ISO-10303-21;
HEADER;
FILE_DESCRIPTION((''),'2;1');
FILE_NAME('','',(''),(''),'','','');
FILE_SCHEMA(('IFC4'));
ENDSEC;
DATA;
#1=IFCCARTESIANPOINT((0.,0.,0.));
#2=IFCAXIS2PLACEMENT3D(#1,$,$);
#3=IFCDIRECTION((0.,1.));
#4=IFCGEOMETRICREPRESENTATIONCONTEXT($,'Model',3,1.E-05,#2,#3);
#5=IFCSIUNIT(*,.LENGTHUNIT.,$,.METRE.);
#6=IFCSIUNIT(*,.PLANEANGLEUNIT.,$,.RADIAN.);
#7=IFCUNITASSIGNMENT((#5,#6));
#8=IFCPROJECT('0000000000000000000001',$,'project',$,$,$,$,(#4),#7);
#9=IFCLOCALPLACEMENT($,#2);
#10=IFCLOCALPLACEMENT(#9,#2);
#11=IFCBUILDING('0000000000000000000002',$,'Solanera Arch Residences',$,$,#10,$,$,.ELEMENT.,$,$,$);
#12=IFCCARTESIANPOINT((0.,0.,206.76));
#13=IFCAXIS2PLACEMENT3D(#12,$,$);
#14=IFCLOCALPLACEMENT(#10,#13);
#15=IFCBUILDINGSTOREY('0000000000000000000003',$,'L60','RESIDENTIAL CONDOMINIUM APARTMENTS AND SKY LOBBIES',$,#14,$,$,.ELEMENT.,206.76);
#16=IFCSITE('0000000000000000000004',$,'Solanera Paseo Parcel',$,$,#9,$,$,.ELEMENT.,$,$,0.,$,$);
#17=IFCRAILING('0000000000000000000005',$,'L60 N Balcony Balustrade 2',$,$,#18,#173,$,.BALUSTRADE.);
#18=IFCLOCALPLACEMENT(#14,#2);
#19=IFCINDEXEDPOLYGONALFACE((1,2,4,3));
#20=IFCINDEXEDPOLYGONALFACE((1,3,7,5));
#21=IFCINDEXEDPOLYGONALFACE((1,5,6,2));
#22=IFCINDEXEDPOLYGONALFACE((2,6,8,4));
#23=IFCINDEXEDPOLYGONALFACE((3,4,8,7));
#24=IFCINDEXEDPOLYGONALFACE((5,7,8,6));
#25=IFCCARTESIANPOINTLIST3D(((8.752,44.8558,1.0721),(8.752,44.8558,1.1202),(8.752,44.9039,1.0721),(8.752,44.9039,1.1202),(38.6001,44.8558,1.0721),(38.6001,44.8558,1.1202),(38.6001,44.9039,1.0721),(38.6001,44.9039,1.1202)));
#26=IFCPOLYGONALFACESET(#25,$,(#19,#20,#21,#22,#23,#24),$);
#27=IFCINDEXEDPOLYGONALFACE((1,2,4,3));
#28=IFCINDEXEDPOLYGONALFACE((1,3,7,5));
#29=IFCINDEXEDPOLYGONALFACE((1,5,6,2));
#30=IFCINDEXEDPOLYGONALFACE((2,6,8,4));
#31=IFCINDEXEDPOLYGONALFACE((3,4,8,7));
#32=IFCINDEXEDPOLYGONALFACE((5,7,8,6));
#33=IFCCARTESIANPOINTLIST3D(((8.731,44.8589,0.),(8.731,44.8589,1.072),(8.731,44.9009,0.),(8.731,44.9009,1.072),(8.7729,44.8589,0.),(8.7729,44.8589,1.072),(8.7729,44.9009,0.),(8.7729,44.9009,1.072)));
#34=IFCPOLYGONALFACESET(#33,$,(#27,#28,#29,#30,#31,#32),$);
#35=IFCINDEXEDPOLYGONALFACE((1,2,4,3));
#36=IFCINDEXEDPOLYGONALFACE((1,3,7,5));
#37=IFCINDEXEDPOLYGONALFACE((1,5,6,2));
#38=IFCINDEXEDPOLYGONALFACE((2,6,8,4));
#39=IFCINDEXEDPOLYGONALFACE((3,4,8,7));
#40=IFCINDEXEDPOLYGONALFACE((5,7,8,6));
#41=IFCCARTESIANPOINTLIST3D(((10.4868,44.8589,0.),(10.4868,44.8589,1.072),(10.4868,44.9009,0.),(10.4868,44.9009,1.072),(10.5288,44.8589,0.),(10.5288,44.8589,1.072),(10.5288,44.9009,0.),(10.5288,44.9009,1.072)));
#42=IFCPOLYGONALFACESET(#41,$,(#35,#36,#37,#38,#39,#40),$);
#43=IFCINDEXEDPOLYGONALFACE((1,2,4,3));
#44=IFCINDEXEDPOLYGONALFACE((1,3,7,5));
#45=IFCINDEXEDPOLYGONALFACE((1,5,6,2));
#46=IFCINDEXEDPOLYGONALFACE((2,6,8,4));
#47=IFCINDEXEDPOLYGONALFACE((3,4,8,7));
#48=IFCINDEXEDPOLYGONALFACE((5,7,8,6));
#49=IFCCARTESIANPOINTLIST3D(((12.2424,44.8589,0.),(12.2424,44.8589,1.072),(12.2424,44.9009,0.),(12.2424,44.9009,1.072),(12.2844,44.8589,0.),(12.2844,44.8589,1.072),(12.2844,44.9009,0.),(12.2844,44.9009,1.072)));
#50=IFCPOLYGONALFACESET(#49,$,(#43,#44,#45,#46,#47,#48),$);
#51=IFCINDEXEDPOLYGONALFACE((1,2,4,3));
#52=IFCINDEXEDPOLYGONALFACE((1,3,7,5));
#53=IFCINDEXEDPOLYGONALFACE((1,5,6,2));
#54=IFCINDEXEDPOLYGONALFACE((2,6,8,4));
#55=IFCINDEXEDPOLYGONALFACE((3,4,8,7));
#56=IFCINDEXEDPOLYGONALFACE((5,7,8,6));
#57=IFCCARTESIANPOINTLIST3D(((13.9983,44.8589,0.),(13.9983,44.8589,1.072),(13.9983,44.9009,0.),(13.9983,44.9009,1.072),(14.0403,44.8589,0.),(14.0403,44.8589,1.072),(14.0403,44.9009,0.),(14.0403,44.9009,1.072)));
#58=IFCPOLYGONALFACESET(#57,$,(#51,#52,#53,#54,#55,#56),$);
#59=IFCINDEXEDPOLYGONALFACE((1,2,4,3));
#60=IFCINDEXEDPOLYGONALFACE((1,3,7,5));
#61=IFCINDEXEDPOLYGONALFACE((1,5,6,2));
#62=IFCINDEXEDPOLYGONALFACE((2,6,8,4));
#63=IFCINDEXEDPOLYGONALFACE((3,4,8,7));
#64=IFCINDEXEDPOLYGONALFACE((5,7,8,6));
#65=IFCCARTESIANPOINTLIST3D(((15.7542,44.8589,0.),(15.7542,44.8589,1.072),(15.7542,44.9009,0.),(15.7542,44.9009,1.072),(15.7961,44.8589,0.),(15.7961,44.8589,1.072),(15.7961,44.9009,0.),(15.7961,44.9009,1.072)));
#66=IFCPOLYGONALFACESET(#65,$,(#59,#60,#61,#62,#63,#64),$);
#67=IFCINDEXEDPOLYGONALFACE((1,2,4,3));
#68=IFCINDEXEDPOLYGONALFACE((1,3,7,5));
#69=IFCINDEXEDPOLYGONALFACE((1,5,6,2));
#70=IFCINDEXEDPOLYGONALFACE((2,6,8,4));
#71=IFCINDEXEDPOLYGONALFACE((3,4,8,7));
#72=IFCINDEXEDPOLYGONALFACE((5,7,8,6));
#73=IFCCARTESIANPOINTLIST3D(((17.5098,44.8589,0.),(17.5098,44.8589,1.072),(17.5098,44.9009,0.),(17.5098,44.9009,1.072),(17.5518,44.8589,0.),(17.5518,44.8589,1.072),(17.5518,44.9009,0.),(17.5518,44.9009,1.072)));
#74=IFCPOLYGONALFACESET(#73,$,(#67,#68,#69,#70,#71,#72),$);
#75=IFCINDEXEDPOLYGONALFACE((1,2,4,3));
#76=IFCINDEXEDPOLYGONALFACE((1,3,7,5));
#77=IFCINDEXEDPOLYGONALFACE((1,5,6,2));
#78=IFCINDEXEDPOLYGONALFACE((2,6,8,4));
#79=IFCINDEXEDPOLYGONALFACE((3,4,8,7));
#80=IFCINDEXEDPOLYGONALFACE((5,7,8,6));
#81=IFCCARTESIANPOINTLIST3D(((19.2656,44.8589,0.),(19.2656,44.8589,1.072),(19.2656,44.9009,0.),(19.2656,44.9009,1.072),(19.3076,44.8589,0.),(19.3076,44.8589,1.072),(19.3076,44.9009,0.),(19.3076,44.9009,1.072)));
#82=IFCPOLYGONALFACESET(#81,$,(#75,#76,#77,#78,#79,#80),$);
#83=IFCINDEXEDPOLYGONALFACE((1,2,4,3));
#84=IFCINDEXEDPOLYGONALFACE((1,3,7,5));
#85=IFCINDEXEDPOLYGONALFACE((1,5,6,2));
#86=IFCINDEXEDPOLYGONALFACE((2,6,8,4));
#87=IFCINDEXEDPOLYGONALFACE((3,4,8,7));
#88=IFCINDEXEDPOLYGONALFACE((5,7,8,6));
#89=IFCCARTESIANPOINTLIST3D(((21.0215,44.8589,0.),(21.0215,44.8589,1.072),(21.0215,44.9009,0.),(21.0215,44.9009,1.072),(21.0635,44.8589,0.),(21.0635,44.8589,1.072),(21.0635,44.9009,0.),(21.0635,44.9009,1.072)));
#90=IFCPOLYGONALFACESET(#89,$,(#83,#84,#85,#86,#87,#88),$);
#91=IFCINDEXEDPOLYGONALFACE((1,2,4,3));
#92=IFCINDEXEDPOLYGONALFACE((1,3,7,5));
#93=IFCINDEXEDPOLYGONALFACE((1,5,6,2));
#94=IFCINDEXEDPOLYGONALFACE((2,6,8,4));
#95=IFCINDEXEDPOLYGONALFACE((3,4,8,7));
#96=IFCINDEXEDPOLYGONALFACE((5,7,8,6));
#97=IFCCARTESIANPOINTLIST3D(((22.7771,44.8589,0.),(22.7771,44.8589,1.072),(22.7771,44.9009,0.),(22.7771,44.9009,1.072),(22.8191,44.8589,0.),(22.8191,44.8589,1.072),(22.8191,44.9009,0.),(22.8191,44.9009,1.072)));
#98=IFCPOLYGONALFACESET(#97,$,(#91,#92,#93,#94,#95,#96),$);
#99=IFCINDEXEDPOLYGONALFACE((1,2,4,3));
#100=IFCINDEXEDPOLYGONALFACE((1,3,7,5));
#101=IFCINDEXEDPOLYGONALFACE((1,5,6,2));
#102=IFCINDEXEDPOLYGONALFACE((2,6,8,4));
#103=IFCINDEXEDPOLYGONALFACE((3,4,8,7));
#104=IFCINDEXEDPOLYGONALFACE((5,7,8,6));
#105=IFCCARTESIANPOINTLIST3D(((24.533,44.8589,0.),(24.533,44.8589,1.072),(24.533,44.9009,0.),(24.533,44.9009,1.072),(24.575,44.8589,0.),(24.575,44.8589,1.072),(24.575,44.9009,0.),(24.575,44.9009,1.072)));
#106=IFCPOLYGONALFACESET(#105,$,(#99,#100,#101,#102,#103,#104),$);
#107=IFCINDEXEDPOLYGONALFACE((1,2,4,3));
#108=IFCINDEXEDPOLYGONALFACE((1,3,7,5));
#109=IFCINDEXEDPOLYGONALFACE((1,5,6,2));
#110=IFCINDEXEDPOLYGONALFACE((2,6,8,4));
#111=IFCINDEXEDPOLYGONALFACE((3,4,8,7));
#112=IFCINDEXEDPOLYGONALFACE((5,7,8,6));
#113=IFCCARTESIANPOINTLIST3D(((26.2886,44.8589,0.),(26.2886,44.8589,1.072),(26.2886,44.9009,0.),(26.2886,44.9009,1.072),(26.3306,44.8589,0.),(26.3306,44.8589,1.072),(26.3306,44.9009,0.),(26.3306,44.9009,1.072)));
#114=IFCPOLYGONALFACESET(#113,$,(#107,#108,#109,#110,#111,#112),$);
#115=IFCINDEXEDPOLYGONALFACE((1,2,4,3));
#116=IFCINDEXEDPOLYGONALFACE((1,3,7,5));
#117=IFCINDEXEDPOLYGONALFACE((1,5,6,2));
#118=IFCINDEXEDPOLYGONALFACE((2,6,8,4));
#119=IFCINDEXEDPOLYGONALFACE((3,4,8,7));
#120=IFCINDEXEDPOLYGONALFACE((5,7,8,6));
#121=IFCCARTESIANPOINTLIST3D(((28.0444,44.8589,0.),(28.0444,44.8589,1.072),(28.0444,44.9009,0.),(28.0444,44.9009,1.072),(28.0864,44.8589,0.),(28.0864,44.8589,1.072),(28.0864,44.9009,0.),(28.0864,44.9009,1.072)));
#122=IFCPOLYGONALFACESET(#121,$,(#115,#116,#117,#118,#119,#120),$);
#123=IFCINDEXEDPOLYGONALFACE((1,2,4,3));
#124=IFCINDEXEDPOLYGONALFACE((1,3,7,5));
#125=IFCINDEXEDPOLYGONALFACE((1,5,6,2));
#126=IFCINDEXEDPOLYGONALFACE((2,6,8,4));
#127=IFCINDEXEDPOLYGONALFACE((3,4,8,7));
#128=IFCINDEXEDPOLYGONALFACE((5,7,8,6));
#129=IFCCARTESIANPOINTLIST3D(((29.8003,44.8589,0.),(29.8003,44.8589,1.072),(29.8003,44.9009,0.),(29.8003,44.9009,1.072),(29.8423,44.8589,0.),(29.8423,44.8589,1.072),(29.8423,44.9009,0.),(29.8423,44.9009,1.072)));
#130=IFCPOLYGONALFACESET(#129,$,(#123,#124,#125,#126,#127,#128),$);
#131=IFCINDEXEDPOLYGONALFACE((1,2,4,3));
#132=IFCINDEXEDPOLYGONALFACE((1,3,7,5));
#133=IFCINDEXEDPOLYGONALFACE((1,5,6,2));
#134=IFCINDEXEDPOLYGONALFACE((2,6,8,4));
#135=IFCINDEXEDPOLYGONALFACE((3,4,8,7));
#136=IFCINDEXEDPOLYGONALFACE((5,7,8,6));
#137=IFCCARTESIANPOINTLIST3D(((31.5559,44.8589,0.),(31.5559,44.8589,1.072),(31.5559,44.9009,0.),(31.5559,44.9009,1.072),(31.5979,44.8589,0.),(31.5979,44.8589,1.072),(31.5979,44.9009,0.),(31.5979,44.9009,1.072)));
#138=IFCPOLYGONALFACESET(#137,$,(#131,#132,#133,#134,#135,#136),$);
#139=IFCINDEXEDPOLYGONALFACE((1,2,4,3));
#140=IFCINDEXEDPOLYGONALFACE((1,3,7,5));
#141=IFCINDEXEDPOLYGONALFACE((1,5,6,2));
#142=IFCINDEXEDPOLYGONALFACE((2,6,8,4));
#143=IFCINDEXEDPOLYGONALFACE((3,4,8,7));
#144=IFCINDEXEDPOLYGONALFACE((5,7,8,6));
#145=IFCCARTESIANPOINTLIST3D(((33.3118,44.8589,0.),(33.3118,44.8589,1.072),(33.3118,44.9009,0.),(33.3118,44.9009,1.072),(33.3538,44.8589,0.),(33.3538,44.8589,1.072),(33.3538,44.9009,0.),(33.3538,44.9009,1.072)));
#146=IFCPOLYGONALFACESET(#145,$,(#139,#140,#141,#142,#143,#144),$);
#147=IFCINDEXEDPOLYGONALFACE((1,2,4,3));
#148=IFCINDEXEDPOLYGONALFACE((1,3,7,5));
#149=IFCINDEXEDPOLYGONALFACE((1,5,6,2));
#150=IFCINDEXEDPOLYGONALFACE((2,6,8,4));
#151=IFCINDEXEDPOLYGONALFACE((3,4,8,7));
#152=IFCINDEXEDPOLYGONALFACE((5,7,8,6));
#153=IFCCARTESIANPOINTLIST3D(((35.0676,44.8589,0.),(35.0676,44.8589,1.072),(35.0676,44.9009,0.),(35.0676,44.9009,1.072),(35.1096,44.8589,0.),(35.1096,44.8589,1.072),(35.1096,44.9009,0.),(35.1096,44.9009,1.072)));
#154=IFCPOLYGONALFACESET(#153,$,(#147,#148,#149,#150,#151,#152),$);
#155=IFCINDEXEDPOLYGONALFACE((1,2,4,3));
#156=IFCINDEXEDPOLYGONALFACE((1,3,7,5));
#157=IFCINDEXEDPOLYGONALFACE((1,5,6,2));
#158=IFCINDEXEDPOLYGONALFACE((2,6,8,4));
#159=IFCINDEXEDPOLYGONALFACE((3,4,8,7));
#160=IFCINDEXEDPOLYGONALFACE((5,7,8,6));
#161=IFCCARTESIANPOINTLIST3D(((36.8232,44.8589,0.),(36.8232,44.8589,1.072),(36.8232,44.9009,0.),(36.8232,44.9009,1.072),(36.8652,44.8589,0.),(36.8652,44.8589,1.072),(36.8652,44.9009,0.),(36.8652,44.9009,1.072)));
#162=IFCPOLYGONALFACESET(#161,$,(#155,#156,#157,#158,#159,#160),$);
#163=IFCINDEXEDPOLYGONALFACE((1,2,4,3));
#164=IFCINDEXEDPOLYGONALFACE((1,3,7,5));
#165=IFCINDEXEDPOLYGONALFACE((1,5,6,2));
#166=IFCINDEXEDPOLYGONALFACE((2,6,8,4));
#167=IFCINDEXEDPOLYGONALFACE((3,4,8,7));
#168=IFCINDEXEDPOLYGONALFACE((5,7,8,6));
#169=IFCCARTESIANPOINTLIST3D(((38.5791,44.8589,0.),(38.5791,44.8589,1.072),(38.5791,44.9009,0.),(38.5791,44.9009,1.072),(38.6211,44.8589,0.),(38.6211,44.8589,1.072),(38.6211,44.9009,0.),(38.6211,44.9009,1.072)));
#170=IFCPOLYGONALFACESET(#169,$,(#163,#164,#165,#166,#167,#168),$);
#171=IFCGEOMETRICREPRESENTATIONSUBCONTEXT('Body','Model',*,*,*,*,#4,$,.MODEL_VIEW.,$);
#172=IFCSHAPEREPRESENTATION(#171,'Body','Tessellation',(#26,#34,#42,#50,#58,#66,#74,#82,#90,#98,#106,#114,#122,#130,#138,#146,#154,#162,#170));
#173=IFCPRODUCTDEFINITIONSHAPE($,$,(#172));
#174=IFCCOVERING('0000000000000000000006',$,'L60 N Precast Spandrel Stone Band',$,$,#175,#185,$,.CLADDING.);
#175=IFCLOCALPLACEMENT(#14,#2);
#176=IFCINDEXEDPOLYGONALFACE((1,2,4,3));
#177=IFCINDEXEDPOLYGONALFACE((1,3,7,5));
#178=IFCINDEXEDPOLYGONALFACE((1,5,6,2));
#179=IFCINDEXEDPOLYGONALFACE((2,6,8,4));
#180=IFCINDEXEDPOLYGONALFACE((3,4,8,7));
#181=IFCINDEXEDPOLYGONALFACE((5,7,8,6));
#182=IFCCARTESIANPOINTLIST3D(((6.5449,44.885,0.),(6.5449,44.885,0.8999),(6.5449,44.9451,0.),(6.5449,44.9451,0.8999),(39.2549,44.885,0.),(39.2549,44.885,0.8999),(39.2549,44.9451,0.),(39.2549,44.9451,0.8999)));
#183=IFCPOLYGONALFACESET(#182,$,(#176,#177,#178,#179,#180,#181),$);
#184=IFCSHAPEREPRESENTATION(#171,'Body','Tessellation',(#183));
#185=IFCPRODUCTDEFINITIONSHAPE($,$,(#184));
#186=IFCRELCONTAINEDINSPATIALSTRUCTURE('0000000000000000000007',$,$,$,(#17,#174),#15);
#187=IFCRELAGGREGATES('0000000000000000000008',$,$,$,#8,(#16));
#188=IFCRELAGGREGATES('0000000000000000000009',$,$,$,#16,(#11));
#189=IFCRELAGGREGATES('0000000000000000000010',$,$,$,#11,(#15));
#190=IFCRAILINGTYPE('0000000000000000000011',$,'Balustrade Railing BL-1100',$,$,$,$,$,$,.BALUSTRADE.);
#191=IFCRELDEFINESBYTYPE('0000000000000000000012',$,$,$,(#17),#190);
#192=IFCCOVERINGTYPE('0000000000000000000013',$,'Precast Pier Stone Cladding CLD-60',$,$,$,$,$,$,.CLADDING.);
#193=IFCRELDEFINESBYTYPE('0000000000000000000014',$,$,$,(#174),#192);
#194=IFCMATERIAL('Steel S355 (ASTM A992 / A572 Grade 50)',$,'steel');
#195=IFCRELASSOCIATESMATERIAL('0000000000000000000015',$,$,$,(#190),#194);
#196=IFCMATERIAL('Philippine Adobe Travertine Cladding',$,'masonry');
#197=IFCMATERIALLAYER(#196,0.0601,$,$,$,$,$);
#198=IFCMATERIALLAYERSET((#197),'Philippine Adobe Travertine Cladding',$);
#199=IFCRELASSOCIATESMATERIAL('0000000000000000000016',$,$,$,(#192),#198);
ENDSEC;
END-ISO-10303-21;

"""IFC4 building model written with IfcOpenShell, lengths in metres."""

from ifc_helpers import new_model, si_unit, direction, frame, frame_2d, origin, origin_2d, place, context, subcontext, project, spatial, rectangle, extrude, material, layer, layer_set, type_object, element, save


model = new_model("IFC4")

# Units and contexts
model_context = context("Model", 3, precision=1e-05, world=origin(), true_north=direction((0.0, 1.0)))
body_context = subcontext(model_context, "Body", "Model", "MODEL_VIEW")
ifc_project = project(units=[si_unit("LENGTHUNIT", "METRE"), si_unit("PLANEANGLEUNIT", "RADIAN")], contexts=[model_context])

# Site, building, storey
site_placement = place(None, origin())
site = spatial("IfcSite", under=ifc_project, at=site_placement, Name="Solanera Paseo Parcel", CompositionType="ELEMENT", RefElevation=0.0)
building_placement = place(site_placement, origin())
building = spatial("IfcBuilding", under=site, at=building_placement, Name="Solanera Arch Residences", CompositionType="ELEMENT")
storey_placement = place(building_placement, frame((0.0, 0.0, 206.76)))
storey = spatial("IfcBuildingStorey", under=building, at=storey_placement, Name="L60", Description="RESIDENTIAL CONDOMINIUM APARTMENTS AND SKY LOBBIES", CompositionType="ELEMENT", Elevation=206.76)

# Railing
ifc_material_1 = material(Name="Steel S355 (ASTM A992 / A572 Grade 50)", Category="steel")
railing_type = type_object("IfcRailingType", Name="Balustrade Railing BL-1100", PredefinedType="BALUSTRADE", material=ifc_material_1)
railing_placement = place(storey_placement, frame((8.752, 44.8799, 0.0)))
element("IfcRailing", 1, at=railing_placement, inside=storey, type_object=railing_type, Name="L60 N Balcony Balustrade 2", PredefinedType="BALUSTRADE", context=body_context, shape_type="SweptSolid", body=[
    extrude(rectangle(XDim=0.0481, YDim=0.0481, at=origin_2d()), frame((0.0, 0.0, 1.0962), z_axis=(1.0, 0.0, 0.0), x_axis=(0.0, 1.0, 0.0)), (0.0, 0.0, 1.0), 29.8481),
    extrude(rectangle(XDim=0.042, YDim=0.042, at=origin_2d()), origin(), (0.0, 0.0, 1.0), 1.072),
    extrude(rectangle(XDim=0.042, YDim=0.042, at=origin_2d()), frame((1.7559, 0.0, 0.0)), (0.0, 0.0, 1.0), 1.072),
    extrude(rectangle(XDim=0.042, YDim=0.042, at=origin_2d()), frame((3.5115, 0.0, 0.0)), (0.0, 0.0, 1.0), 1.072),
    extrude(rectangle(XDim=0.042, YDim=0.042, at=origin_2d()), frame((5.2673, 0.0, 0.0)), (0.0, 0.0, 1.0), 1.072),
    extrude(rectangle(XDim=0.042, YDim=0.042, at=origin_2d()), frame((7.0232, 0.0, 0.0)), (0.0, 0.0, 1.0), 1.072),
    extrude(rectangle(XDim=0.042, YDim=0.042, at=origin_2d()), frame((8.7788, 0.0, 0.0)), (0.0, 0.0, 1.0), 1.072),
    extrude(rectangle(XDim=0.042, YDim=0.042, at=origin_2d()), frame((10.5347, 0.0, 0.0)), (0.0, 0.0, 1.0), 1.072),
    extrude(rectangle(XDim=0.042, YDim=0.042, at=origin_2d()), frame((12.2905, 0.0, 0.0)), (0.0, 0.0, 1.0), 1.072),
    extrude(rectangle(XDim=0.042, YDim=0.042, at=origin_2d()), frame((14.0461, 0.0, 0.0)), (0.0, 0.0, 1.0), 1.072),
    extrude(rectangle(XDim=0.042, YDim=0.042, at=origin_2d()), frame((15.802, 0.0, 0.0)), (0.0, 0.0, 1.0), 1.072),
    extrude(rectangle(XDim=0.042, YDim=0.042, at=origin_2d()), frame((17.5576, 0.0, 0.0)), (0.0, 0.0, 1.0), 1.072),
    extrude(rectangle(XDim=0.042, YDim=0.042, at=origin_2d()), frame((19.3135, 0.0, 0.0)), (0.0, 0.0, 1.0), 1.072),
    extrude(rectangle(XDim=0.042, YDim=0.042, at=origin_2d()), frame((21.0693, 0.0, 0.0)), (0.0, 0.0, 1.0), 1.072),
    extrude(rectangle(XDim=0.042, YDim=0.042, at=origin_2d()), frame((22.825, 0.0, 0.0)), (0.0, 0.0, 1.0), 1.072),
    extrude(rectangle(XDim=0.042, YDim=0.042, at=origin_2d()), frame((24.5808, 0.0, 0.0)), (0.0, 0.0, 1.0), 1.072),
    extrude(rectangle(XDim=0.042, YDim=0.042, at=origin_2d()), frame((26.3367, 0.0, 0.0)), (0.0, 0.0, 1.0), 1.072),
    extrude(rectangle(XDim=0.042, YDim=0.042, at=origin_2d()), frame((28.0923, 0.0, 0.0)), (0.0, 0.0, 1.0), 1.072),
    extrude(rectangle(XDim=0.042, YDim=0.042, at=origin_2d()), frame((29.8481, 0.0, 0.0)), (0.0, 0.0, 1.0), 1.072),
])

# Covering
ifc_material_2 = material(Name="Philippine Adobe Travertine Cladding", Category="masonry")
ifc_layer_1 = layer(ifc_material_2, 0.0601)
ifc_layer_set_1 = layer_set([ifc_layer_1], Name="Philippine Adobe Travertine Cladding")
covering_type = type_object("IfcCoveringType", Name="Precast Pier Stone Cladding CLD-60", PredefinedType="CLADDING", material=ifc_layer_set_1)
covering_placement = place(storey_placement, frame((6.5449, 44.915, 0.0), z_axis=(0.0, 0.0, 1.0), x_axis=(1.0, 0.0, 0.0)))
element("IfcCovering", 2, at=covering_placement, inside=storey, type_object=covering_type, Name="L60 N Precast Spandrel Stone Band", PredefinedType="CLADDING", context=body_context, shape_type="SweptSolid", body=[
    extrude(rectangle(XDim=32.71, YDim=0.0601, at=frame_2d((16.355, 0.0))), origin(), (0.0, 0.0, 1.0), 0.8999),
])

save(model, "model.ifc")
